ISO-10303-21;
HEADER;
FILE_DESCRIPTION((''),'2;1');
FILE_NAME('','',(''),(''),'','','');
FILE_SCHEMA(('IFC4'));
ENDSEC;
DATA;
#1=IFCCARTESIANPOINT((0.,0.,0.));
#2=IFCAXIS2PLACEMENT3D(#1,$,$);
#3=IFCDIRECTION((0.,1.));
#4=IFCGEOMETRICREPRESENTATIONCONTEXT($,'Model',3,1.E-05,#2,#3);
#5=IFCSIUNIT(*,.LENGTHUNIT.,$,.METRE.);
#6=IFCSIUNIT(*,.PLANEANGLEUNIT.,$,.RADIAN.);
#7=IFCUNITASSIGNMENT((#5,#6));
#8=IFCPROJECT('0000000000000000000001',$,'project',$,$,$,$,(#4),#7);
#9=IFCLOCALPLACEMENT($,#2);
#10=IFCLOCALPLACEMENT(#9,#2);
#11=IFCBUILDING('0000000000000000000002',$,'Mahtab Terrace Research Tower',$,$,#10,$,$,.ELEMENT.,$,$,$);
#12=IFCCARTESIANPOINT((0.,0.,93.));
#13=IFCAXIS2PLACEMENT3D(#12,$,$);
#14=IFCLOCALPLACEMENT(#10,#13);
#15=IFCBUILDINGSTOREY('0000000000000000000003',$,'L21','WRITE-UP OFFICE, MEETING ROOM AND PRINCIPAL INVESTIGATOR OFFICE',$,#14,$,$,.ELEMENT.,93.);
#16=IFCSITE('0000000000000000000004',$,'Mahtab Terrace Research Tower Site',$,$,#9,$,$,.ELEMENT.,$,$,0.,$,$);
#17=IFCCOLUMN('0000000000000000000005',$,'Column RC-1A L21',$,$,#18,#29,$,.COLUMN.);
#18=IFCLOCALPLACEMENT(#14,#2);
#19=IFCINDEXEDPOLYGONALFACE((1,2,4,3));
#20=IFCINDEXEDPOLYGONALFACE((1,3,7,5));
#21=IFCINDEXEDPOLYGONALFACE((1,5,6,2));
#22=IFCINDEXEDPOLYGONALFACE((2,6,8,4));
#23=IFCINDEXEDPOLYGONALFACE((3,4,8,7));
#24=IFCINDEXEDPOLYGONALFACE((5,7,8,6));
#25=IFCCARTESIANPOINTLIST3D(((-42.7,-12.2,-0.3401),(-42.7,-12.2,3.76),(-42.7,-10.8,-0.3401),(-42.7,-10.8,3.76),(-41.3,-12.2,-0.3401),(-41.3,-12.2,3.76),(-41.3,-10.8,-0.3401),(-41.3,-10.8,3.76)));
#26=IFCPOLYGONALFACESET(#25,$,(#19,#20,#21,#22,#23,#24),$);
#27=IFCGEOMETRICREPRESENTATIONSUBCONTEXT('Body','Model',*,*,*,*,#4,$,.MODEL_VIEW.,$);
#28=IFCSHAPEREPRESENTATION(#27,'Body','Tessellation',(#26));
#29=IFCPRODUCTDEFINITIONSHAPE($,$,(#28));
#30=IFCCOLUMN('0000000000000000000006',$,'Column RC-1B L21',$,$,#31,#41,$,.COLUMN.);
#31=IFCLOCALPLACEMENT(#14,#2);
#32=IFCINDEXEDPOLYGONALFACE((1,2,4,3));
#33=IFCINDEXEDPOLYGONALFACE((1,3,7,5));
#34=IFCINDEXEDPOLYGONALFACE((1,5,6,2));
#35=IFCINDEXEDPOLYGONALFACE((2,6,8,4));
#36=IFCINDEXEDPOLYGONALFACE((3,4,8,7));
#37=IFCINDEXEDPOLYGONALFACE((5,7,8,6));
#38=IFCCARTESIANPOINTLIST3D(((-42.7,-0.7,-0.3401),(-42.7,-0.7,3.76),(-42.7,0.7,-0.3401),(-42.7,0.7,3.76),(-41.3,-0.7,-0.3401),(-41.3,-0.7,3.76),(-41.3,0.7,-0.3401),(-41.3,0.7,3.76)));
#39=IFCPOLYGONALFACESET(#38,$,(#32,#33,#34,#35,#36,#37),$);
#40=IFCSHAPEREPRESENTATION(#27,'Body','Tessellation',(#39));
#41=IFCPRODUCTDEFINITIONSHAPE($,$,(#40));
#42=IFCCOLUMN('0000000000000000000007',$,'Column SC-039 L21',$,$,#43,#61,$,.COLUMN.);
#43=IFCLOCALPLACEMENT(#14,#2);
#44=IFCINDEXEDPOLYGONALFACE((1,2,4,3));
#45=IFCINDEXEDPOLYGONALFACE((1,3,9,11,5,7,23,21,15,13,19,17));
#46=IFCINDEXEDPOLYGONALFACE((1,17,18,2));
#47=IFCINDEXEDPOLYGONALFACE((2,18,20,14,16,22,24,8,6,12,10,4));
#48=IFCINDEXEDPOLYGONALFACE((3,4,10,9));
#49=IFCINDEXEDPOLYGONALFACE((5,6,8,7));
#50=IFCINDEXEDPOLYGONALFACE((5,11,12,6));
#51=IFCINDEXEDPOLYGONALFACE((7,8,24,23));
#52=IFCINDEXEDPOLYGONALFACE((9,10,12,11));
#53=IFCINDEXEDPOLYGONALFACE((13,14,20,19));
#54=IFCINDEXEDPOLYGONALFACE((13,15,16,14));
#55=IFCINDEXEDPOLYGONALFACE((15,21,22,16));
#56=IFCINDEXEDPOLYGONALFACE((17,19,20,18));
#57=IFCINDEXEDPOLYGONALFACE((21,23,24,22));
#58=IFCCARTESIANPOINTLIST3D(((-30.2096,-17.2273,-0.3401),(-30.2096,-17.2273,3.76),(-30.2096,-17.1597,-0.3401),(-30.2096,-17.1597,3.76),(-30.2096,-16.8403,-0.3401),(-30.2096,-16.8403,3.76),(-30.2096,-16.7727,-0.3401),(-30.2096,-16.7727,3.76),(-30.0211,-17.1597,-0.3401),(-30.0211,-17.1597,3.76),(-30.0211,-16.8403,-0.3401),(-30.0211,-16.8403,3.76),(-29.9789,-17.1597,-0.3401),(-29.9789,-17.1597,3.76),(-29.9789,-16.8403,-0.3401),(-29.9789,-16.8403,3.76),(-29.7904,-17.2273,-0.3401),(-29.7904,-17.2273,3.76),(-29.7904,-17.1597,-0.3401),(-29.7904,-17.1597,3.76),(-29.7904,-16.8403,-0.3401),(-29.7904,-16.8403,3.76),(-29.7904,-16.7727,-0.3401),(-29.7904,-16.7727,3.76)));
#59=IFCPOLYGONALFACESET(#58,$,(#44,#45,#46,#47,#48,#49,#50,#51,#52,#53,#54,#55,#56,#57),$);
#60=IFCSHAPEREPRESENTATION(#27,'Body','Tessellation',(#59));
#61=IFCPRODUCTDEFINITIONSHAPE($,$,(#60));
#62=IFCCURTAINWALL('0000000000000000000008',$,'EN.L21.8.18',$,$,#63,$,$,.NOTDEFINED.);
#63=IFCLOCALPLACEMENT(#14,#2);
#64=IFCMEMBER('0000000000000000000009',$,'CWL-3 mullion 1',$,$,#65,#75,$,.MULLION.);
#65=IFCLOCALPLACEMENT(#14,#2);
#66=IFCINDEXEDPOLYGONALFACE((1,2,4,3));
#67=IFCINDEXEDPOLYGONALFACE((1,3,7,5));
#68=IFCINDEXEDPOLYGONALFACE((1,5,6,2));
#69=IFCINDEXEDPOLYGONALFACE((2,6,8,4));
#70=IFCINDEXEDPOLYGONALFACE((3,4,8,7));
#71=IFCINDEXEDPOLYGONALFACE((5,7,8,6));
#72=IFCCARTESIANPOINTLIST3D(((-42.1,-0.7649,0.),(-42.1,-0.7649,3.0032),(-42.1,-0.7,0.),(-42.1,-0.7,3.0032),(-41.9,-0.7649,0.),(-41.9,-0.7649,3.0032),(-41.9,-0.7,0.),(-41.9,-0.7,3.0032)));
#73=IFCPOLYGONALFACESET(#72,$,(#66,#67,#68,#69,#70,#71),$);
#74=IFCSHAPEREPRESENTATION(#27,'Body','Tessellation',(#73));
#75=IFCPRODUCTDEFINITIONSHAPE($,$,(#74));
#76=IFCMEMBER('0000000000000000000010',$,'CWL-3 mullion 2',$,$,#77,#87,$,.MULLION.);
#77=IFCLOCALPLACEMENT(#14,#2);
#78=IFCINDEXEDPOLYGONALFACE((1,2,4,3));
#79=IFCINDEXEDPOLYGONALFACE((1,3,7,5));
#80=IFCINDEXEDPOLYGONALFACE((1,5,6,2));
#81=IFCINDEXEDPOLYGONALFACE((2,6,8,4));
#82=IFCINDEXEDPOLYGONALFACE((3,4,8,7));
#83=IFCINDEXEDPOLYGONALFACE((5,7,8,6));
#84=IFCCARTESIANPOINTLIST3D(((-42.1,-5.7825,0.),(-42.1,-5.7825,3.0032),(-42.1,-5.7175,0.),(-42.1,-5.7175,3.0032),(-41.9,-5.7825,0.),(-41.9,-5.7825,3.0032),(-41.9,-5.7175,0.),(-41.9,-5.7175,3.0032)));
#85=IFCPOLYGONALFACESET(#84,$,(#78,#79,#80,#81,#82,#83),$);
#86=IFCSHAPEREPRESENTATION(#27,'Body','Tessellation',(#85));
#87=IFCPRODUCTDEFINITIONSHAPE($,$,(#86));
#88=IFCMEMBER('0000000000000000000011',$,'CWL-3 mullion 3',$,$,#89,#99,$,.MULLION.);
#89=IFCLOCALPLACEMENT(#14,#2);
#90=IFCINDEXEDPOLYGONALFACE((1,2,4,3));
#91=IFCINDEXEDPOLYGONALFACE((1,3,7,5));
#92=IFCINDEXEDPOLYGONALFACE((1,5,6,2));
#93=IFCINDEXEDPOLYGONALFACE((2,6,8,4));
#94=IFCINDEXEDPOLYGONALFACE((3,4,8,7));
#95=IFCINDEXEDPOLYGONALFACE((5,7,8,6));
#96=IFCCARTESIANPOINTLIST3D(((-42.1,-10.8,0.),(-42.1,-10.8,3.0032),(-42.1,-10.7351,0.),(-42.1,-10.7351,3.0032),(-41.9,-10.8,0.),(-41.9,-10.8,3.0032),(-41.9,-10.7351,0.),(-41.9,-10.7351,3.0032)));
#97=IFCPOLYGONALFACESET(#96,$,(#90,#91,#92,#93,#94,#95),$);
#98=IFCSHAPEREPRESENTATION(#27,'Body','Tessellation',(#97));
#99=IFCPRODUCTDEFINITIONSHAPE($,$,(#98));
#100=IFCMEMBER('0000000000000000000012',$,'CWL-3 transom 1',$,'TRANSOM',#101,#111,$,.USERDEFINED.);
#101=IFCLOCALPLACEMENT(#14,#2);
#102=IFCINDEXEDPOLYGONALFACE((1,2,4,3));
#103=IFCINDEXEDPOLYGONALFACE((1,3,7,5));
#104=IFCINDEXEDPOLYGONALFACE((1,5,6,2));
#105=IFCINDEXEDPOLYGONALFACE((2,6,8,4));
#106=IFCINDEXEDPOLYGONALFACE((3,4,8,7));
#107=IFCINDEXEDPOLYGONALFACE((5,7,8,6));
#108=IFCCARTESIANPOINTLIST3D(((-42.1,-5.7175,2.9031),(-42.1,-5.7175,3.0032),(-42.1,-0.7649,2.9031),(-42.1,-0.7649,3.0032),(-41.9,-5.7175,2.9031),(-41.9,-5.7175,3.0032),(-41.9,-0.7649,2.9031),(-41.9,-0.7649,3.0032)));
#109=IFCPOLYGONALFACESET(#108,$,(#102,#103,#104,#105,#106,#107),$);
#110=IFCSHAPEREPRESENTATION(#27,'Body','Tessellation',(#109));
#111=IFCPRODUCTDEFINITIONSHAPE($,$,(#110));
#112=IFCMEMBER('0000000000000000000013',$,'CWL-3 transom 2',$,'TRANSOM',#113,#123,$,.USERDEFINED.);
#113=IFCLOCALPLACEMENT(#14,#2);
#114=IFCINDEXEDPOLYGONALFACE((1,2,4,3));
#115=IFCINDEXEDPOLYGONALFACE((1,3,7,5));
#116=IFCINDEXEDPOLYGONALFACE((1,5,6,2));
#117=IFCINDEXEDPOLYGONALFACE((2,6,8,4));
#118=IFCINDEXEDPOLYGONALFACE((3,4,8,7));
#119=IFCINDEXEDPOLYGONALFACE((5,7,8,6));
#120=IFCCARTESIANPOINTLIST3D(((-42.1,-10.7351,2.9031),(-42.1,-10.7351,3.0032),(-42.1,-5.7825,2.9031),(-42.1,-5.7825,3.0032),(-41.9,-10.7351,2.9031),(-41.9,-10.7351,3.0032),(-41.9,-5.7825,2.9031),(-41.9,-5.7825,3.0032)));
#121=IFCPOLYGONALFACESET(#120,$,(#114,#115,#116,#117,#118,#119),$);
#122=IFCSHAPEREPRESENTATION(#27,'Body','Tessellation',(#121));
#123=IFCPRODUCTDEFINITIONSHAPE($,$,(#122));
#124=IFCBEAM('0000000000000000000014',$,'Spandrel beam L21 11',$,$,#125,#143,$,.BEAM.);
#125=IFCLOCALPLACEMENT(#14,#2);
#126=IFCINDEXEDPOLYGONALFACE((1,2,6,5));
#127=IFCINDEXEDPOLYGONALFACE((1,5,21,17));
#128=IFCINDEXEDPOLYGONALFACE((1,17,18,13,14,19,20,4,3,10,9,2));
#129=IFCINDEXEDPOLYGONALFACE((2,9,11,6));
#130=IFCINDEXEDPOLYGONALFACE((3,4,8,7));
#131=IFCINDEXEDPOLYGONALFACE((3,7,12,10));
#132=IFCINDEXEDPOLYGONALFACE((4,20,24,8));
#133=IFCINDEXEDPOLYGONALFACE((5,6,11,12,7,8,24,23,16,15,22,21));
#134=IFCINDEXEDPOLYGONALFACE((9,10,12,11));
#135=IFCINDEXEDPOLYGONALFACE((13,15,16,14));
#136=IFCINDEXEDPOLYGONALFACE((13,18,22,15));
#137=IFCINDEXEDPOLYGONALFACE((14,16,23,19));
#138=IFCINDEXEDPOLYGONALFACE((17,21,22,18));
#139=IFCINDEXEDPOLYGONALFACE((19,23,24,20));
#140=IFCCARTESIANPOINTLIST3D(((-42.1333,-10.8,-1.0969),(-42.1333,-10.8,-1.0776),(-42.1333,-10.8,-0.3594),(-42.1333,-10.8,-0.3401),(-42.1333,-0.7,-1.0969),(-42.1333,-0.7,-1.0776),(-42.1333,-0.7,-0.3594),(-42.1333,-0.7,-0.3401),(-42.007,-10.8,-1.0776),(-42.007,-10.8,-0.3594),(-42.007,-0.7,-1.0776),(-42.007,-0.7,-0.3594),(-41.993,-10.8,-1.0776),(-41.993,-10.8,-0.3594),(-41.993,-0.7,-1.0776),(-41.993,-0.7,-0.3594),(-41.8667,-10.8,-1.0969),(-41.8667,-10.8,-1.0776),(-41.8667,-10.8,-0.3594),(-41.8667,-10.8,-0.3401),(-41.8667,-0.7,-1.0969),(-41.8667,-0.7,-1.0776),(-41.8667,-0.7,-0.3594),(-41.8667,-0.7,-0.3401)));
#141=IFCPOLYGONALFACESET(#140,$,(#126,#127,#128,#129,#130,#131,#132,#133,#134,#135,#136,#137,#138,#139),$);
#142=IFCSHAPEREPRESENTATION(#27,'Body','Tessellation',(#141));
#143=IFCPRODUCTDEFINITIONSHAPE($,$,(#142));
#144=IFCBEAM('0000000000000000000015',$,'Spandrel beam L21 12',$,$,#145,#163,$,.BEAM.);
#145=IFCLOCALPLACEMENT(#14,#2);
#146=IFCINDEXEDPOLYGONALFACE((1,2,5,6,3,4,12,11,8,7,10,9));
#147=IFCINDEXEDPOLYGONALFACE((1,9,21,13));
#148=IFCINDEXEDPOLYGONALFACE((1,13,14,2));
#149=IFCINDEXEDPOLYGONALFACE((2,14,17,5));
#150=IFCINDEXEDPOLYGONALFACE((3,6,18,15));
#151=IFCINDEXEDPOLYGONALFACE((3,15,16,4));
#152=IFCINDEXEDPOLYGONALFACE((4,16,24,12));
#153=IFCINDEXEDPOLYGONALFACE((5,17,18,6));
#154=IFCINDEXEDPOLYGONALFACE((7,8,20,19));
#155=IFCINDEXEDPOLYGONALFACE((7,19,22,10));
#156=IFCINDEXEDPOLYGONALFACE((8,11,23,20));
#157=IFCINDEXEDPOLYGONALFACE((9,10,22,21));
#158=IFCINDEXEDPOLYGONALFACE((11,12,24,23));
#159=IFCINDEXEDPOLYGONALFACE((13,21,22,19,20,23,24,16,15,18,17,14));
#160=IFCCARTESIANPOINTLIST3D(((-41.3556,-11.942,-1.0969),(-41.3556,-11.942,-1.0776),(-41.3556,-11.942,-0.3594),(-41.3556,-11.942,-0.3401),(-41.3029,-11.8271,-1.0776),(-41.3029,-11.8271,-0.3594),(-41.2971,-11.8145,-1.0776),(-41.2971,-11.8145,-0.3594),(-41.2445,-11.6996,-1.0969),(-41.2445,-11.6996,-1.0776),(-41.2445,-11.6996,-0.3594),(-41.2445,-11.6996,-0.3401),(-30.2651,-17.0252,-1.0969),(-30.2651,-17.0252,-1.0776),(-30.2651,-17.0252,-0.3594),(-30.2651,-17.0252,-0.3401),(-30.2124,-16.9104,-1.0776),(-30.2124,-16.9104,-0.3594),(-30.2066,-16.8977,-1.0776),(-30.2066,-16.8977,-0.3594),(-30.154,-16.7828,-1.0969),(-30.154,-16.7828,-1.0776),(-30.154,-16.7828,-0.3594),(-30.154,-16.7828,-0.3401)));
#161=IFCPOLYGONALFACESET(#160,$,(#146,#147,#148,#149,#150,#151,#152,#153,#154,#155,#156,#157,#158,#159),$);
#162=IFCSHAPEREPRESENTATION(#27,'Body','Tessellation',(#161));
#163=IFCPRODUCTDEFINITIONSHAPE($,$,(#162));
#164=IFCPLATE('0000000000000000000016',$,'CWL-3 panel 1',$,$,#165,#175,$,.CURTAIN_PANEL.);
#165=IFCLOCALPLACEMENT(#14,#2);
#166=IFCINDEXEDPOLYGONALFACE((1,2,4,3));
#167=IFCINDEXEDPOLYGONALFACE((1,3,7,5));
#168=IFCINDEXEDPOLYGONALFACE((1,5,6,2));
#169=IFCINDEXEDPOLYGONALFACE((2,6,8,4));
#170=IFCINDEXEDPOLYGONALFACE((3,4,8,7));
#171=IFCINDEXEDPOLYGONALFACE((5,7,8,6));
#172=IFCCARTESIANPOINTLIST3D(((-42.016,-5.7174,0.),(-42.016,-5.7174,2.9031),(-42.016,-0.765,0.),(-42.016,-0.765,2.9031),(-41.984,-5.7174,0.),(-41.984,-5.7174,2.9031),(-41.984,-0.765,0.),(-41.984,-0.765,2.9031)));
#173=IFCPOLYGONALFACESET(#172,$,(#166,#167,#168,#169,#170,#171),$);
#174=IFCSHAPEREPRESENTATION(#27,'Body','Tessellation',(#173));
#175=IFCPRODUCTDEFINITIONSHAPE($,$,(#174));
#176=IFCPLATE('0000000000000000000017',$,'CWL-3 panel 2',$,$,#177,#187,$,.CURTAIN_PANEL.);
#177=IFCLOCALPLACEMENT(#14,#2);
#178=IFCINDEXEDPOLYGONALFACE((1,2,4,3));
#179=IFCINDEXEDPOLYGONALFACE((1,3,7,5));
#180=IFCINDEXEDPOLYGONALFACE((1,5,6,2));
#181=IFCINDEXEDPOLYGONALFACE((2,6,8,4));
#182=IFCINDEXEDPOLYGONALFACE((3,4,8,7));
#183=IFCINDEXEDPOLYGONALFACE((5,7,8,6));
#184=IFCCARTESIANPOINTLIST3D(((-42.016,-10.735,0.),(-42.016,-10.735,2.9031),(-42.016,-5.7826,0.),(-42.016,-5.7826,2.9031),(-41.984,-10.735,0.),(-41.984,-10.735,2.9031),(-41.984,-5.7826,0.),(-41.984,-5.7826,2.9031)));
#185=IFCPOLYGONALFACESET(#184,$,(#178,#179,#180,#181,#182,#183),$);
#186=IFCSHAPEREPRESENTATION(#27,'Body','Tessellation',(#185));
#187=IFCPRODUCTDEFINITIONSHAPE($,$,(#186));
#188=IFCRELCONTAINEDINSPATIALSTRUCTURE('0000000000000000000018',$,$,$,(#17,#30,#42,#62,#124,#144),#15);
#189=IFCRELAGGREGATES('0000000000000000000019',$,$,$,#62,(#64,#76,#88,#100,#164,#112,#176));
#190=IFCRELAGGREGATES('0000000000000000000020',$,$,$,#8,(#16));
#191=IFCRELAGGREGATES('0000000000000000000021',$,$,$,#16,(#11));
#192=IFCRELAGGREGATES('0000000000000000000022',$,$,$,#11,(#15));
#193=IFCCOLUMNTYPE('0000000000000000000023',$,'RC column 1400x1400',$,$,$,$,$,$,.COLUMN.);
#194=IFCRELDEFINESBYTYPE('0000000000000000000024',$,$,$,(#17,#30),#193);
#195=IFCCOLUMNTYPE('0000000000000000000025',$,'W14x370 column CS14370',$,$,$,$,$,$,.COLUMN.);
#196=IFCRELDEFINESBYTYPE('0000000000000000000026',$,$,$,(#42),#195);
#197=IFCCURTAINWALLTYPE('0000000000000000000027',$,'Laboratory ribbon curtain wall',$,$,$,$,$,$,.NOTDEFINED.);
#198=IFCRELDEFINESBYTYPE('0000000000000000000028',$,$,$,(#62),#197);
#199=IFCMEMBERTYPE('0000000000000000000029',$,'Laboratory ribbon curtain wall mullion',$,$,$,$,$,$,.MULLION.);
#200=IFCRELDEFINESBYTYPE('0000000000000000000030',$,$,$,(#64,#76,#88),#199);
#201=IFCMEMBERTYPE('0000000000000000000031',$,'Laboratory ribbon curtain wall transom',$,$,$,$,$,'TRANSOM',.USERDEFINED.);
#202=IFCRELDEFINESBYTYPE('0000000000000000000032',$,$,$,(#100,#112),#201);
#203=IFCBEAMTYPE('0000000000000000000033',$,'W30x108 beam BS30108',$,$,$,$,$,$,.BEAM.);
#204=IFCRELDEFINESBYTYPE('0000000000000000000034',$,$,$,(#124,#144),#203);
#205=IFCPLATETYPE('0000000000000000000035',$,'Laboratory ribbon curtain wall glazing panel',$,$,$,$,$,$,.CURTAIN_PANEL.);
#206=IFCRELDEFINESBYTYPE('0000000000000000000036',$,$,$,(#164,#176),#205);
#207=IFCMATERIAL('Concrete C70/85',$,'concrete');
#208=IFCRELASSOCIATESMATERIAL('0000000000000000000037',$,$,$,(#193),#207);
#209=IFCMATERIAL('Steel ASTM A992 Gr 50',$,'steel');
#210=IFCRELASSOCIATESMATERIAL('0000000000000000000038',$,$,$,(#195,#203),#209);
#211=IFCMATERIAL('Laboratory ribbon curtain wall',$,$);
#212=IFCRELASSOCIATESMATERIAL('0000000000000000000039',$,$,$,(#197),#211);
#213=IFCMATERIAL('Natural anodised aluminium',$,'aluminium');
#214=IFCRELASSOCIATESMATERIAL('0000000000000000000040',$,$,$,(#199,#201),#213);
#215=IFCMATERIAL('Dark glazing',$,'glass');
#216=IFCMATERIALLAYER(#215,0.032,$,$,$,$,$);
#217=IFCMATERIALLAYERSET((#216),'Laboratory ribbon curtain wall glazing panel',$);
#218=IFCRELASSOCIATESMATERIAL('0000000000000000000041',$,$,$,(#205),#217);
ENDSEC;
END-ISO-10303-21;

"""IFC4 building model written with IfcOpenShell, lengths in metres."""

from ifc_helpers import new_model, si_unit, direction, frame, origin, origin_2d, place, context, subcontext, project, spatial, rectangle, i_section, extrude, material, layer, layer_set, material_profile, profile_set, type_object, element, aggregate, save


model = new_model("IFC4")

# Units and contexts
model_context = context("Model", 3, precision=1e-05, world=origin(), true_north=direction((0.0, 1.0)))
body_context = subcontext(model_context, "Body", "Model", "MODEL_VIEW")
ifc_project = project(units=[si_unit("LENGTHUNIT", "METRE"), si_unit("PLANEANGLEUNIT", "RADIAN")], contexts=[model_context])

# Site, building, storey
site_placement = place(None, origin())
site = spatial("IfcSite", under=ifc_project, at=site_placement, Name="Mahtab Terrace Research Tower Site", CompositionType="ELEMENT", RefElevation=0.0)
building_placement = place(site_placement, origin())
building = spatial("IfcBuilding", under=site, at=building_placement, Name="Mahtab Terrace Research Tower", CompositionType="ELEMENT")
storey_placement = place(building_placement, frame((0.0, 0.0, 93.0)))
storey = spatial("IfcBuildingStorey", under=building, at=storey_placement, Name="L21", Description="WRITE-UP OFFICE, MEETING ROOM AND PRINCIPAL INVESTIGATOR OFFICE", CompositionType="ELEMENT", Elevation=93.0)

# Columns
ifc_material_1 = material(Name="Concrete C70/85", Category="concrete")
ifc_material_profile_1 = material_profile(ifc_material_1, rectangle(XDim=1.3999, YDim=1.3999, at=origin_2d()), Name="RC column 1400x1400")
ifc_profile_set_1 = profile_set([ifc_material_profile_1], Name="Concrete C70/85")
column_type_1 = type_object("IfcColumnType", Name="RC column 1400x1400", PredefinedType="COLUMN", material=ifc_profile_set_1)
for number, where, z_axis, x_axis, name in (
    (1, (-42.0, -11.5, -0.3401), (0.0, 0.0, 1.0), (1.0, 0.0, 0.0), "Column RC-1A L21"),
    (2, (-42.0, 0.0, -0.3401), (0.0, 0.0, 1.0), (1.0, 0.0, 0.0), "Column RC-1B L21"),
):
    element("IfcColumn", number, at=place(storey_placement, frame(where, z_axis=z_axis, x_axis=x_axis)), inside=storey, type_object=column_type_1, Name=name, PredefinedType="COLUMN", context=body_context, shape_type="SweptSolid", body=[
        extrude(rectangle(XDim=1.3999, YDim=1.3999, at=origin_2d()), origin(), (0.0, 0.0, 1.0), 4.1001),
    ])
ifc_material_2 = material(Name="Steel ASTM A992 Gr 50", Category="steel")
ifc_material_profile_2 = material_profile(ifc_material_2, i_section(OverallWidth=0.4192, OverallDepth=0.4546, WebThickness=0.0422, FlangeThickness=0.0676, at=origin_2d()), Name="W14X370")
ifc_profile_set_2 = profile_set([ifc_material_profile_2], Name="Steel ASTM A992 Gr 50")
column_type_2 = type_object("IfcColumnType", Name="W14x370 column CS14370", PredefinedType="COLUMN", material=ifc_profile_set_2)
column_placement = place(storey_placement, frame((-30.0, -17.0, -0.3401), z_axis=(0.0, 0.0, 1.0), x_axis=(1.0, 0.0, 0.0)))
element("IfcColumn", 3, at=column_placement, inside=storey, type_object=column_type_2, Name="Column SC-039 L21", PredefinedType="COLUMN", context=body_context, shape_type="SweptSolid", body=[
    extrude(i_section(OverallWidth=0.4192, OverallDepth=0.4546, WebThickness=0.0422, FlangeThickness=0.0676, at=origin_2d()), origin(), (0.0, 0.0, 1.0), 4.1001),
])

# Curtain wall, members
ifc_material_3 = material(Name="Laboratory ribbon curtain wall")
curtain_wall_type = type_object("IfcCurtainWallType", Name="Laboratory ribbon curtain wall", PredefinedType="NOTDEFINED", material=ifc_material_3)
curtain_wall_placement = place(storey_placement, origin())
curtain_wall = element("IfcCurtainWall", 4, at=curtain_wall_placement, inside=storey, type_object=curtain_wall_type, Name="EN.L21.8.18", PredefinedType="NOTDEFINED")
ifc_material_4 = material(Name="Natural anodised aluminium", Category="aluminium")
ifc_material_profile_3 = material_profile(ifc_material_4, rectangle(XDim=0.2, YDim=0.0649, at=origin_2d()), Name="MULLION 65x200")
ifc_profile_set_3 = profile_set([ifc_material_profile_3], Name="Natural anodised aluminium")
member_type_1 = type_object("IfcMemberType", Name="Laboratory ribbon curtain wall mullion", PredefinedType="MULLION", material=ifc_profile_set_3)
member_1_placement = place(storey_placement, frame((-42.0, -0.7324, 0.0), z_axis=(0.0, 0.0, 1.0), x_axis=(1.0, 0.0, 0.0)))
member_1 = element("IfcMember", 5, at=member_1_placement, type_object=member_type_1, Name="CWL-3 mullion 1", PredefinedType="MULLION", context=body_context, shape_type="SweptSolid", body=[
    extrude(rectangle(XDim=0.2, YDim=0.0649, at=origin_2d()), origin(), (0.0, 0.0, 1.0), 3.0032),
])
member_2_placement = place(storey_placement, frame((-42.0, -5.75, 0.0), z_axis=(0.0, 0.0, 1.0), x_axis=(1.0, 0.0, 0.0)))
member_2 = element("IfcMember", 6, at=member_2_placement, type_object=member_type_1, Name="CWL-3 mullion 2", PredefinedType="MULLION", context=body_context, shape_type="SweptSolid", body=[
    extrude(rectangle(XDim=0.2, YDim=0.0649, at=origin_2d()), origin(), (0.0, 0.0, 1.0), 3.0032),
])
member_3_placement = place(storey_placement, frame((-42.0, -10.7676, 0.0), z_axis=(0.0, 0.0, 1.0), x_axis=(1.0, 0.0, 0.0)))
member_3 = element("IfcMember", 7, at=member_3_placement, type_object=member_type_1, Name="CWL-3 mullion 3", PredefinedType="MULLION", context=body_context, shape_type="SweptSolid", body=[
    extrude(rectangle(XDim=0.2, YDim=0.0649, at=origin_2d()), origin(), (0.0, 0.0, 1.0), 3.0032),
])
ifc_material_profile_4 = material_profile(ifc_material_4, rectangle(XDim=0.2, YDim=0.1001, at=origin_2d()), Name="TRANSOM 100x200")
ifc_profile_set_4 = profile_set([ifc_material_profile_4], Name="Natural anodised aluminium")
member_type_2 = type_object("IfcMemberType", Name="Laboratory ribbon curtain wall transom", ElementType="TRANSOM", PredefinedType="USERDEFINED", material=ifc_profile_set_4)
member_4_placement = place(storey_placement, frame((-42.0, -0.7649, 2.9531), z_axis=(0.0, -1.0, 0.0), x_axis=(1.0, 0.0, 0.0)))
member_4 = element("IfcMember", 8, at=member_4_placement, type_object=member_type_2, Name="CWL-3 transom 1", ObjectType="TRANSOM", PredefinedType="USERDEFINED", context=body_context, shape_type="SweptSolid", body=[
    extrude(rectangle(XDim=0.2, YDim=0.1001, at=origin_2d()), origin(), (0.0, 0.0, 1.0), 4.9526),
])
member_5_placement = place(storey_placement, frame((-42.0, -5.7825, 2.9531), z_axis=(0.0, -1.0, 0.0), x_axis=(1.0, 0.0, 0.0)))
member_5 = element("IfcMember", 9, at=member_5_placement, type_object=member_type_2, Name="CWL-3 transom 2", ObjectType="TRANSOM", PredefinedType="USERDEFINED", context=body_context, shape_type="SweptSolid", body=[
    extrude(rectangle(XDim=0.2, YDim=0.1001, at=origin_2d()), origin(), (0.0, 0.0, 1.0), 4.9526),
])

# Beams
ifc_material_profile_5 = material_profile(ifc_material_2, i_section(OverallWidth=0.2666, OverallDepth=0.7568, WebThickness=0.0139, FlangeThickness=0.0193, at=origin_2d()), Name="W30X108")
ifc_profile_set_5 = profile_set([ifc_material_profile_5], Name="Steel ASTM A992 Gr 50")
beam_type = type_object("IfcBeamType", Name="W30x108 beam BS30108", PredefinedType="BEAM", material=ifc_profile_set_5)
beam_1_placement = place(storey_placement, frame((-42.0, -0.7, -0.7185), z_axis=(0.0, -1.0, 0.0), x_axis=(1.0, 0.0, 0.0)))
element("IfcBeam", 10, at=beam_1_placement, inside=storey, type_object=beam_type, Name="Spandrel beam L21 11", PredefinedType="BEAM", context=body_context, shape_type="SweptSolid", body=[
    extrude(i_section(OverallWidth=0.2666, OverallDepth=0.7568, WebThickness=0.0139, FlangeThickness=0.0193, at=origin_2d()), origin(), (0.0, 0.0, 1.0), 10.1001),
])
beam_2_placement = place(storey_placement, frame((-41.3, -11.8208, -0.7185), z_axis=(0.909063, -0.41666, 0.0), x_axis=(0.41666, 0.909063, 0.0)))
element("IfcBeam", 11, at=beam_2_placement, inside=storey, type_object=beam_type, Name="Spandrel beam L21 12", PredefinedType="BEAM", context=body_context, shape_type="SweptSolid", body=[
    extrude(i_section(OverallWidth=0.2666, OverallDepth=0.7568, WebThickness=0.0139, FlangeThickness=0.0193, at=origin_2d()), origin(), (0.0, 0.0, 1.0), 12.2),
])

# Plates
ifc_material_5 = material(Name="Dark glazing", Category="glass")
ifc_layer_1 = layer(ifc_material_5, 0.032)
ifc_layer_set_1 = layer_set([ifc_layer_1], Name="Laboratory ribbon curtain wall glazing panel")
plate_type = type_object("IfcPlateType", Name="Laboratory ribbon curtain wall glazing panel", PredefinedType="CURTAIN_PANEL", material=ifc_layer_set_1)
plate_1_placement = place(storey_placement, frame((-42.0, -3.2412, 0.0), z_axis=(0.0, 0.0, 1.0), x_axis=(0.0, -1.0, 0.0)))
plate_1 = element("IfcPlate", 12, at=plate_1_placement, type_object=plate_type, Name="CWL-3 panel 1", PredefinedType="CURTAIN_PANEL", context=body_context, shape_type="SweptSolid", body=[
    extrude(rectangle(XDim=4.9524, YDim=0.032, at=origin_2d()), origin(), (0.0, 0.0, 1.0), 2.9031),
])
plate_2_placement = place(storey_placement, frame((-42.0, -8.2588, 0.0), z_axis=(0.0, 0.0, 1.0), x_axis=(0.0, -1.0, 0.0)))
plate_2 = element("IfcPlate", 13, at=plate_2_placement, type_object=plate_type, Name="CWL-3 panel 2", PredefinedType="CURTAIN_PANEL", context=body_context, shape_type="SweptSolid", body=[
    extrude(rectangle(XDim=4.9524, YDim=0.032, at=origin_2d()), origin(), (0.0, 0.0, 1.0), 2.9031),
])
aggregate(curtain_wall, [member_1, member_2, member_3, member_4, plate_1, member_5, plate_2])

save(model, "model.ifc")
